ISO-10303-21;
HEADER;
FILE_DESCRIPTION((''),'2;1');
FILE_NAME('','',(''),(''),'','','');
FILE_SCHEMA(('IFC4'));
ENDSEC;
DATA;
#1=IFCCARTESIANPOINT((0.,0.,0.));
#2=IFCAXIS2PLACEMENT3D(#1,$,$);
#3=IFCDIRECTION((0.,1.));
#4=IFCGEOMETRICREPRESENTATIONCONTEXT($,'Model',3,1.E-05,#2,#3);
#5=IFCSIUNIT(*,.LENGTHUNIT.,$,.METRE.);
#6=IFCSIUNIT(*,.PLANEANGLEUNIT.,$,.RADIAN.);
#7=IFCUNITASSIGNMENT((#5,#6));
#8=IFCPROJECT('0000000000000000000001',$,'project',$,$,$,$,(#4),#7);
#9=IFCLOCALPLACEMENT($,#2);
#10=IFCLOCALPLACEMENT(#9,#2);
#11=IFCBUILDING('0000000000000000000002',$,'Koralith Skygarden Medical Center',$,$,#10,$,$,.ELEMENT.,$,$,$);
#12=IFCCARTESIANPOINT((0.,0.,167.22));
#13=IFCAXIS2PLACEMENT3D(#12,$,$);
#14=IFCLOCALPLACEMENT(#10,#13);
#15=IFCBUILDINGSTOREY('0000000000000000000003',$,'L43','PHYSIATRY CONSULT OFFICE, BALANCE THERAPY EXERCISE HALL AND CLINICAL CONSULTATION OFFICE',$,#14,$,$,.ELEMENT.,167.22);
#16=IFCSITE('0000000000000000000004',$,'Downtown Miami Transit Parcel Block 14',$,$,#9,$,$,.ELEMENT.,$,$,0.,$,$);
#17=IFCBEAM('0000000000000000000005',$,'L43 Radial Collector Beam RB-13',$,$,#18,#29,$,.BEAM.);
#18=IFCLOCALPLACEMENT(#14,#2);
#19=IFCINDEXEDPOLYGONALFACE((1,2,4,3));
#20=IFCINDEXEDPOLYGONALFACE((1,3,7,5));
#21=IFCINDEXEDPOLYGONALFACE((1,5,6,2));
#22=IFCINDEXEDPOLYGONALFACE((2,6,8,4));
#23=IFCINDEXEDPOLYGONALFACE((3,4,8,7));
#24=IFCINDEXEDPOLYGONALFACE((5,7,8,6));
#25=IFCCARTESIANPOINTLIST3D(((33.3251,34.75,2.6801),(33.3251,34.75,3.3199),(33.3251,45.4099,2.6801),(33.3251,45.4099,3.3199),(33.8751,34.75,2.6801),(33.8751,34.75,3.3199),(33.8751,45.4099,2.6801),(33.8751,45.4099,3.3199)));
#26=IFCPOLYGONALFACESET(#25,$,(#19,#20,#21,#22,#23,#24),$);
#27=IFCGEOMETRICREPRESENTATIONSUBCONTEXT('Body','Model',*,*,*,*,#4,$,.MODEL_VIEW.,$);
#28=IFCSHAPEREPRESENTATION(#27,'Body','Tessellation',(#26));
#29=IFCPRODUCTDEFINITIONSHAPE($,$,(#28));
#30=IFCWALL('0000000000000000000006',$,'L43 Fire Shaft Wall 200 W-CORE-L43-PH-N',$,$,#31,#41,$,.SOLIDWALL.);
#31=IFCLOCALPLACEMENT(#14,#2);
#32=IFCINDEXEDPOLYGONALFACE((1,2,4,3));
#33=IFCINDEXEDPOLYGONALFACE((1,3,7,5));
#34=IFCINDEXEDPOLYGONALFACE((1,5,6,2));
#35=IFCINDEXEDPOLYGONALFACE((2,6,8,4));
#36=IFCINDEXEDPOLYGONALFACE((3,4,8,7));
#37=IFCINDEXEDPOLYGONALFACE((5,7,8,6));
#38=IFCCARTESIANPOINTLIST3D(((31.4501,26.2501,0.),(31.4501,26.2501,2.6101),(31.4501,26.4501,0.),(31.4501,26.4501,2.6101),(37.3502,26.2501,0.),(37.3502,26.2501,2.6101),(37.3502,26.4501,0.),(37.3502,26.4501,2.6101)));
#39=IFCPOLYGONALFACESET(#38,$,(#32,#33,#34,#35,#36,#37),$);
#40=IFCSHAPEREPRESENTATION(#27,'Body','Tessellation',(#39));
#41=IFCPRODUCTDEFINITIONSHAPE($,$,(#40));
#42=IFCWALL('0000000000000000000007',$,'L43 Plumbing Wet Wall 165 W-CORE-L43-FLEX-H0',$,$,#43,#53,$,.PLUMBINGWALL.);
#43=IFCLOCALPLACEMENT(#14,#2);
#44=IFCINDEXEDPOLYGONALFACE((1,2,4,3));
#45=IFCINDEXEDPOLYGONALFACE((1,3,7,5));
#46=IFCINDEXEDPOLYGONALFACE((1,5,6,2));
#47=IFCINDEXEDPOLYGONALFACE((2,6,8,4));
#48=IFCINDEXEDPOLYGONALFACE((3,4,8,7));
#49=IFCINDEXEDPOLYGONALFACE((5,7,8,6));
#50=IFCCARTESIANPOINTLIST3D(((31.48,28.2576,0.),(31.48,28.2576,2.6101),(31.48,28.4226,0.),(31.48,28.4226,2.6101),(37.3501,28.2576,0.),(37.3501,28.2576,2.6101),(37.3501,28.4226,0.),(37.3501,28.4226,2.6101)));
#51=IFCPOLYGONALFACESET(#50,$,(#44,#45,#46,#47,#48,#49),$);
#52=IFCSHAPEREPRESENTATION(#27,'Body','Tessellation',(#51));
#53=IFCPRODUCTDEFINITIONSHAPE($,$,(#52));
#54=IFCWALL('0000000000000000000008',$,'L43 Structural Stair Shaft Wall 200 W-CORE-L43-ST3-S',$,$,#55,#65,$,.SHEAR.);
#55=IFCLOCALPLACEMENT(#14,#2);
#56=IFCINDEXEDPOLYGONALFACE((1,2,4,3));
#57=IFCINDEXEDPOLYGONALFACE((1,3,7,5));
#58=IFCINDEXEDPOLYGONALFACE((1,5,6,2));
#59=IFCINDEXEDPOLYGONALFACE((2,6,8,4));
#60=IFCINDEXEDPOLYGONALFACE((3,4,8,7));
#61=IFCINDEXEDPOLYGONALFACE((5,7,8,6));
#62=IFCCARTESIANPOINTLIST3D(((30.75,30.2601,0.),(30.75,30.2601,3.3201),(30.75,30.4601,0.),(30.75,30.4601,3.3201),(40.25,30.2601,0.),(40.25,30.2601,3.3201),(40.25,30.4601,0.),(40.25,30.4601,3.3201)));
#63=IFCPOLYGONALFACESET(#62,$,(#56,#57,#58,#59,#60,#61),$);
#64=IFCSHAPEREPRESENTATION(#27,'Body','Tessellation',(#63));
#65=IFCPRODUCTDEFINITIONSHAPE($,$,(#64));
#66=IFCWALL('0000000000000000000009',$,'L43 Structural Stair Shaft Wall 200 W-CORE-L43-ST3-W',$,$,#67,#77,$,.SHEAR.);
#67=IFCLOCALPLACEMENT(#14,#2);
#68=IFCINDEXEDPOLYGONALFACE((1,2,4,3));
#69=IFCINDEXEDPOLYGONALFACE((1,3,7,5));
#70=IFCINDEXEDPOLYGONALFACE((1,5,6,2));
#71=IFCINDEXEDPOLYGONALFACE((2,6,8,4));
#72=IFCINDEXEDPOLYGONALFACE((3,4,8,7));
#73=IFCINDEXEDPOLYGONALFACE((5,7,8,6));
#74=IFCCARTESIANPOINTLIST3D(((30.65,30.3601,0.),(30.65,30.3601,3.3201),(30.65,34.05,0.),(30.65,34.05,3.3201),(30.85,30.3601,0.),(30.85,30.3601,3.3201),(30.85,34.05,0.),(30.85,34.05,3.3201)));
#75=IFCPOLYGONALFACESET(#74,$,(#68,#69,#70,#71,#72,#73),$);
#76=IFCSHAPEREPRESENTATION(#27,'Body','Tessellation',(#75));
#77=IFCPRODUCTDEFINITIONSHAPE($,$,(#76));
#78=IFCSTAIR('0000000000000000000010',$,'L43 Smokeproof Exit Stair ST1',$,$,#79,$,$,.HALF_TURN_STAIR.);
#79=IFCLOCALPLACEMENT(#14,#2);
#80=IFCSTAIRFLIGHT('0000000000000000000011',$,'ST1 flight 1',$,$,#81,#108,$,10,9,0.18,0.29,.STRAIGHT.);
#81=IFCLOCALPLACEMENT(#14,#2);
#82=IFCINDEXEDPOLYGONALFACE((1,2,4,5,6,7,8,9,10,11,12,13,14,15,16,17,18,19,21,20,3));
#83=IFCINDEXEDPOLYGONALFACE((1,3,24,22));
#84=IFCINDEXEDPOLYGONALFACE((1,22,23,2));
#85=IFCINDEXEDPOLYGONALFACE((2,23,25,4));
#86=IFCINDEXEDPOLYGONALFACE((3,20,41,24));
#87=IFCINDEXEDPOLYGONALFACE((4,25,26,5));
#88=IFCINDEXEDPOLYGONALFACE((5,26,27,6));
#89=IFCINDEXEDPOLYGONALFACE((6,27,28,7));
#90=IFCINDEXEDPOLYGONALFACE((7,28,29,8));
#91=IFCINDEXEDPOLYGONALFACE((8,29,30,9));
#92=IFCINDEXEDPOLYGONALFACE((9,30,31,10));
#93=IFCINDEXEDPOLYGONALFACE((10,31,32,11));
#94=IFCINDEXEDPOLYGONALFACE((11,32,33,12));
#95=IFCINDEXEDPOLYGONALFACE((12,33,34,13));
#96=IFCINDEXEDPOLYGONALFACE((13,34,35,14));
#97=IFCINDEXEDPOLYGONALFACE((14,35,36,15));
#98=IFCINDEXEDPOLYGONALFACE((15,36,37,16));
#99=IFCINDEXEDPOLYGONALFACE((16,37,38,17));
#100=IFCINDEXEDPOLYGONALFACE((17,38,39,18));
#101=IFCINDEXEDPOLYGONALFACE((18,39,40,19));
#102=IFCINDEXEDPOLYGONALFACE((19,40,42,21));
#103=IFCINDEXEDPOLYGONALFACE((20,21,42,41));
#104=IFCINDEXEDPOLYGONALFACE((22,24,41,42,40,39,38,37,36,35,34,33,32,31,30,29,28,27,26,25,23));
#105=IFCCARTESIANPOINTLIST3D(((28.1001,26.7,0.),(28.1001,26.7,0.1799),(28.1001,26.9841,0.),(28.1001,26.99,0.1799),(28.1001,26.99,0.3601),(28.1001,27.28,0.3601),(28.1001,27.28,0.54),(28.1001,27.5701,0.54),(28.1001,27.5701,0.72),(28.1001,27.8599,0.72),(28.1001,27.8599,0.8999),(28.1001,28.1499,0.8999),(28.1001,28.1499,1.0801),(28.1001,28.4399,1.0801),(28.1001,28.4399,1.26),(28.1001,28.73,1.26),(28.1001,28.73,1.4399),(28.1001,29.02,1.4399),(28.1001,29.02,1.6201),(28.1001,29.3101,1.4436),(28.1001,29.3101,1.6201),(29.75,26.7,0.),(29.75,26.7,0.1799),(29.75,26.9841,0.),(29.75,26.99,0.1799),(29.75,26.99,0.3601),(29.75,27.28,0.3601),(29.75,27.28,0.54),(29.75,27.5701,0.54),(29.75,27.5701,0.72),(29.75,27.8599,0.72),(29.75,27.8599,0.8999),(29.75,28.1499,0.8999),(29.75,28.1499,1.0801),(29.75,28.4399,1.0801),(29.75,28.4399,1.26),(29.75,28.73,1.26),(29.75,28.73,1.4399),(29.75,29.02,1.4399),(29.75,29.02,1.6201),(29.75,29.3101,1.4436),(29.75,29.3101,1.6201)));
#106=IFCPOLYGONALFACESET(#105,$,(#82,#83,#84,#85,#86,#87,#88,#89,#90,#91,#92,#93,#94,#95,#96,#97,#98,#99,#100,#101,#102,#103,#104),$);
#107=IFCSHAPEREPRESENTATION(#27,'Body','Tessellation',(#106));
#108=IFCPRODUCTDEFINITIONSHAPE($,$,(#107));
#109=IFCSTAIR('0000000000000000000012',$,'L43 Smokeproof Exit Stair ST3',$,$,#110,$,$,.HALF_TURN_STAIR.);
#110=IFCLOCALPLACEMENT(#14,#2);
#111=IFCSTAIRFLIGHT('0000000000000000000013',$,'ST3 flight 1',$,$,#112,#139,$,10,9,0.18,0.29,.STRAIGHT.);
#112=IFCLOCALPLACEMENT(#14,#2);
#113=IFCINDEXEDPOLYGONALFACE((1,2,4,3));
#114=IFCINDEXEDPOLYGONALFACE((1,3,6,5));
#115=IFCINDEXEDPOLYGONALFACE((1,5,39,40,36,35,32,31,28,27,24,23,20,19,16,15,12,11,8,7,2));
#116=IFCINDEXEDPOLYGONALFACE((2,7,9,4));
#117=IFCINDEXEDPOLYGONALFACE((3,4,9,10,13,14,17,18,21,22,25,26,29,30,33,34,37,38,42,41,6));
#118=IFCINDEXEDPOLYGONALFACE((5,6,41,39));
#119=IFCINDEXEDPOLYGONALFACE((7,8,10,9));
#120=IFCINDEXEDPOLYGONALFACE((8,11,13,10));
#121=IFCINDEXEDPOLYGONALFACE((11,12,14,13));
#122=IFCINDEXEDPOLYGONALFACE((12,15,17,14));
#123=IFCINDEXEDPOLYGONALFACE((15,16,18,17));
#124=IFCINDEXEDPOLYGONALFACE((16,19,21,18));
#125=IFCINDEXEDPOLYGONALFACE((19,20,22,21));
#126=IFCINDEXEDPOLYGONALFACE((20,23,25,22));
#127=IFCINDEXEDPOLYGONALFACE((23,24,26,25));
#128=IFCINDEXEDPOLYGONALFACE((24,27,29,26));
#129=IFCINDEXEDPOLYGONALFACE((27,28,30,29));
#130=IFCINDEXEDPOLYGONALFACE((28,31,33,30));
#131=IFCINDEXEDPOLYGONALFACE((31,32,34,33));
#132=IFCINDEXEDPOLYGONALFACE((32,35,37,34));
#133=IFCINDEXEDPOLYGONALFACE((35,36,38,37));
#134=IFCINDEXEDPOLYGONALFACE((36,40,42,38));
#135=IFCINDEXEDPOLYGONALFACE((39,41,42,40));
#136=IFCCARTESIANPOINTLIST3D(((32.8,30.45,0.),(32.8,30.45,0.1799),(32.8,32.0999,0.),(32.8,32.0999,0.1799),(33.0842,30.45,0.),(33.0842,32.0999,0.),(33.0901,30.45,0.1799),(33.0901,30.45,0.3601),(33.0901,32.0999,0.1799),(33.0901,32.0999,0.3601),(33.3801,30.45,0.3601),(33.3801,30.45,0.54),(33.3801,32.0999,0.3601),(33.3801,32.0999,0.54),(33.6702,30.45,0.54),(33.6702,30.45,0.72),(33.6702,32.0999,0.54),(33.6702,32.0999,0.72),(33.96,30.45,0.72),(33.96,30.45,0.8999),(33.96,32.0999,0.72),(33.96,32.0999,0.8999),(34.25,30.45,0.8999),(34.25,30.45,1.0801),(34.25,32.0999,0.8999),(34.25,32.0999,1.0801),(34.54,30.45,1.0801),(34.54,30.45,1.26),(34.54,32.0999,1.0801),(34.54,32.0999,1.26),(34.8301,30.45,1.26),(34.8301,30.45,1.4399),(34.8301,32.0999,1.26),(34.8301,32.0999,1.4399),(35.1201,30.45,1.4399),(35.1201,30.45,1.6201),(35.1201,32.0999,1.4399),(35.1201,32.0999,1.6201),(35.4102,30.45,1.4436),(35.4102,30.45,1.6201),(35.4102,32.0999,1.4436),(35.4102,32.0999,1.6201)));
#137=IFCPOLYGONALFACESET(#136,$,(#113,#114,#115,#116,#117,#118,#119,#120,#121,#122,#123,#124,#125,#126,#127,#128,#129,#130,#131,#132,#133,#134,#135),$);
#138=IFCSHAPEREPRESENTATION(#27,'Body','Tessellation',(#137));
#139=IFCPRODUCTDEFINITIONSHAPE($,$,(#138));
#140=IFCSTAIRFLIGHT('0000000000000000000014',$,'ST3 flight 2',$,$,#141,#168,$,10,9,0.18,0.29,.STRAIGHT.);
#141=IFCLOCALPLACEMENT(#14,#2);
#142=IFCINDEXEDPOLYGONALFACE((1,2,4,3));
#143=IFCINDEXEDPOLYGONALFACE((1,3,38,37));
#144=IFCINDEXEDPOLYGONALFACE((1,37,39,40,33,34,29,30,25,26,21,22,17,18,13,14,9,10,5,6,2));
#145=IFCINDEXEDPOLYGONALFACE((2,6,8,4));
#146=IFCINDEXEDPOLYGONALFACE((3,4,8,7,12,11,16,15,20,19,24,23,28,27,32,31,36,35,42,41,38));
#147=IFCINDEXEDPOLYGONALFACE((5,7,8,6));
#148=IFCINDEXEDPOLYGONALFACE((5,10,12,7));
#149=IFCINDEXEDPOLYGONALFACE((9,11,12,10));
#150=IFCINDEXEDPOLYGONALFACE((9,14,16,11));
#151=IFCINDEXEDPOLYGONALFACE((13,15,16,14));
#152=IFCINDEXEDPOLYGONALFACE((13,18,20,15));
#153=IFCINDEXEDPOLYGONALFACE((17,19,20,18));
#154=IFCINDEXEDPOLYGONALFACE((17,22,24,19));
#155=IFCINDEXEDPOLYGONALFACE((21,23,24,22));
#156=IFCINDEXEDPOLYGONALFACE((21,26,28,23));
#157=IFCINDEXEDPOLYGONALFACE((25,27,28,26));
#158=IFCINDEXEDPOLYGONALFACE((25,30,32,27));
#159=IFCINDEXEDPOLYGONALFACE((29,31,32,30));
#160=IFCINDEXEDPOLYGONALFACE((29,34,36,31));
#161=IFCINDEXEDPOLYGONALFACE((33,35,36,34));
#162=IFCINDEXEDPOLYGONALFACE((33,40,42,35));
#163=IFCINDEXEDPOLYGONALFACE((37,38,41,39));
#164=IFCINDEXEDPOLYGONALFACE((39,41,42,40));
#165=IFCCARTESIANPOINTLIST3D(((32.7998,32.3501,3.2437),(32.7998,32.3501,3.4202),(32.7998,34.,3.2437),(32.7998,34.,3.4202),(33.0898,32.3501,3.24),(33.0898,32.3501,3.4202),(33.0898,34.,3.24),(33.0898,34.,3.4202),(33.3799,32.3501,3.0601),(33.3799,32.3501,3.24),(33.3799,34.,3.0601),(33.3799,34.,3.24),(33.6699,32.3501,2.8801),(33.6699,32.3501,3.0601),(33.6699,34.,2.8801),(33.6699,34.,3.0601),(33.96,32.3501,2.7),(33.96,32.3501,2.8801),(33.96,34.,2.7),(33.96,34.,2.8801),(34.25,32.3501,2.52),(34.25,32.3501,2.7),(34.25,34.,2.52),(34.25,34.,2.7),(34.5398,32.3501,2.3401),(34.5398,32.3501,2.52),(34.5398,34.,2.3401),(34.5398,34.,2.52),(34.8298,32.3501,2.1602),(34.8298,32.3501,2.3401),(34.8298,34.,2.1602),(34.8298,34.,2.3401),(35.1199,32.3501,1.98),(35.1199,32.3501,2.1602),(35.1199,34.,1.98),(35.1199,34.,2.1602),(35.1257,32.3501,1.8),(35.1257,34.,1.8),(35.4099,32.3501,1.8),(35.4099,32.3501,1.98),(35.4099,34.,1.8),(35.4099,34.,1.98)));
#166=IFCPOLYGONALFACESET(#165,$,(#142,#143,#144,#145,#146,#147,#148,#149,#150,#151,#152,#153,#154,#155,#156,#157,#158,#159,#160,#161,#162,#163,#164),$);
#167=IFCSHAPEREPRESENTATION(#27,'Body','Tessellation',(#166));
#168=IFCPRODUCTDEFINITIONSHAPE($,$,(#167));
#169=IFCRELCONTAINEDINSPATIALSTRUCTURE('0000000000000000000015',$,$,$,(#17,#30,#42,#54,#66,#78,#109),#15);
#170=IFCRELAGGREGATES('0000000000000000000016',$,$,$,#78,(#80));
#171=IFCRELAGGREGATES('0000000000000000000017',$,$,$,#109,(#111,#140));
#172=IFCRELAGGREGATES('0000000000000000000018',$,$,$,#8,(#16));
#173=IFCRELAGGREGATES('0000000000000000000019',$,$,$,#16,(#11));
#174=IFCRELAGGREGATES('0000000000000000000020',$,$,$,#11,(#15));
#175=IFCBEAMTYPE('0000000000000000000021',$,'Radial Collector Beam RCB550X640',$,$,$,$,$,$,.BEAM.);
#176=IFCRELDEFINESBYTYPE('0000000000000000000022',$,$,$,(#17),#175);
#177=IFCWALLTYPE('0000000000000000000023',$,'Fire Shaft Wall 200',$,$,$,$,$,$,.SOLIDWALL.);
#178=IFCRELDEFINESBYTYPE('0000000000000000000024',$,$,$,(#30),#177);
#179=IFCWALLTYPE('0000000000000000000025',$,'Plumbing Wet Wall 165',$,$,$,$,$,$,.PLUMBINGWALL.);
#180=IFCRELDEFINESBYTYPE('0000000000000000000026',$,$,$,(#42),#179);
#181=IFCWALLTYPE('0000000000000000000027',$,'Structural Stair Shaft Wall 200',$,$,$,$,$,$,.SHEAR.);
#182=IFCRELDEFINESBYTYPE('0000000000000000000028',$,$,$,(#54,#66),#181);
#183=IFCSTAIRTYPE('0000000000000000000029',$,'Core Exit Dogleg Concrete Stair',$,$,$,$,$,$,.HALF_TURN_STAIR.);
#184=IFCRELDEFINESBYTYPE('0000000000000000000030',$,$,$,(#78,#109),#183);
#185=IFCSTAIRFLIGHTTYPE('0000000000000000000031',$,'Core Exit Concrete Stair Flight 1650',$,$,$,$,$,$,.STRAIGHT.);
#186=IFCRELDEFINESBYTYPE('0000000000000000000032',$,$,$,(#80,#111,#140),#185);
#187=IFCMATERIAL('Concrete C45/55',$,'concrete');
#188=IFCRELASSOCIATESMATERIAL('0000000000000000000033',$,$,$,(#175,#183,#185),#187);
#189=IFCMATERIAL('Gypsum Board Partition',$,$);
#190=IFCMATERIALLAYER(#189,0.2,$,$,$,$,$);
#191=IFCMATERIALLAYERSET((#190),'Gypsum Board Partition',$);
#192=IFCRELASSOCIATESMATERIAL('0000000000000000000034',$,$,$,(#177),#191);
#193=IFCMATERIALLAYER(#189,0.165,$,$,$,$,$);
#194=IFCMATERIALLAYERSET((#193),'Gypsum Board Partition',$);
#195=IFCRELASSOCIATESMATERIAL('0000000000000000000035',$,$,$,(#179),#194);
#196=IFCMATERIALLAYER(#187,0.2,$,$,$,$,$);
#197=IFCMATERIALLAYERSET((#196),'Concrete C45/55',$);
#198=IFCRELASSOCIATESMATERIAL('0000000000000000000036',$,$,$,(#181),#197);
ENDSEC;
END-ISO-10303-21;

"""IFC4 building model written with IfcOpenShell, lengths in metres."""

from ifc_helpers import new_model, si_unit, direction, frame, frame_2d, origin, origin_2d, place, context, subcontext, project, spatial, polyline, rectangle, outline, extrude, material, layer, layer_set, material_profile, profile_set, type_object, element, aggregate, save


model = new_model("IFC4")

# Units and contexts
model_context = context("Model", 3, precision=1e-05, world=origin(), true_north=direction((0.0, 1.0)))
body_context = subcontext(model_context, "Body", "Model", "MODEL_VIEW")
ifc_project = project(units=[si_unit("LENGTHUNIT", "METRE"), si_unit("PLANEANGLEUNIT", "RADIAN")], contexts=[model_context])

# Site, building, storey
site_placement = place(None, origin())
site = spatial("IfcSite", under=ifc_project, at=site_placement, Name="Downtown Miami Transit Parcel Block 14", CompositionType="ELEMENT", RefElevation=0.0)
building_placement = place(site_placement, origin())
building = spatial("IfcBuilding", under=site, at=building_placement, Name="Koralith Skygarden Medical Center", CompositionType="ELEMENT")
storey_placement = place(building_placement, frame((0.0, 0.0, 167.22)))
storey = spatial("IfcBuildingStorey", under=building, at=storey_placement, Name="L43", Description="PHYSIATRY CONSULT OFFICE, BALANCE THERAPY EXERCISE HALL AND CLINICAL CONSULTATION OFFICE", CompositionType="ELEMENT", Elevation=167.22)

# Beam
ifc_material_1 = material(Name="Concrete C45/55", Category="concrete")
ifc_material_profile = material_profile(ifc_material_1, rectangle(XDim=0.55, YDim=0.6399, at=origin_2d()), Name="RCB550X640")
ifc_profile_set = profile_set([ifc_material_profile], Name="Concrete C45/55")
beam_type = type_object("IfcBeamType", Name="Radial Collector Beam RCB550X640", PredefinedType="BEAM", material=ifc_profile_set)
beam_placement = place(storey_placement, frame((33.6001, 34.75, 3.0), z_axis=(0.0, 1.0, 0.0), x_axis=(-1.0, 0.0, 0.0)))
element("IfcBeam", 1, at=beam_placement, inside=storey, type_object=beam_type, Name="L43 Radial Collector Beam RB-13", PredefinedType="BEAM", context=body_context, shape_type="SweptSolid", body=[
    extrude(rectangle(XDim=0.55, YDim=0.6399, at=origin_2d()), origin(), (0.0, 0.0, 1.0), 10.6599),
])

# Wall
ifc_material_2 = material(Name="Gypsum Board Partition")
ifc_layer_1 = layer(ifc_material_2, 0.2)
ifc_layer_set_1 = layer_set([ifc_layer_1], Name="Gypsum Board Partition")
wall_type_1 = type_object("IfcWallType", Name="Fire Shaft Wall 200", PredefinedType="SOLIDWALL", material=ifc_layer_set_1)
wall_1_placement = place(storey_placement, frame((31.45, 26.3501, 0.0), z_axis=(0.0, 0.0, 1.0), x_axis=(1.0, 0.0, 0.0)))
element("IfcWall", 2, at=wall_1_placement, inside=storey, type_object=wall_type_1, Name="L43 Fire Shaft Wall 200 W-CORE-L43-PH-N", PredefinedType="SOLIDWALL", context=body_context, shape_type="SweptSolid", body=[
    extrude(rectangle(XDim=5.9001, YDim=0.2, at=frame_2d((2.9502, 0.0))), origin(), (0.0, 0.0, 1.0), 2.6101),
])

# Shared definitions
ifc_layer_2 = layer(ifc_material_2, 0.165)
ifc_layer_set_2 = layer_set([ifc_layer_2], Name="Gypsum Board Partition")
wall_type_2 = type_object("IfcWallType", Name="Plumbing Wet Wall 165", PredefinedType="PLUMBINGWALL", material=ifc_layer_set_2)

# Walls
wall_2_placement = place(storey_placement, frame((31.48, 28.3401, 0.0), z_axis=(0.0, 0.0, 1.0), x_axis=(1.0, 0.0, 0.0)))
element("IfcWall", 3, at=wall_2_placement, inside=storey, type_object=wall_type_2, Name="L43 Plumbing Wet Wall 165 W-CORE-L43-FLEX-H0", PredefinedType="PLUMBINGWALL", context=body_context, shape_type="SweptSolid", body=[
    extrude(rectangle(XDim=5.8701, YDim=0.165, at=frame_2d((2.9351, 0.0))), origin(), (0.0, 0.0, 1.0), 2.6101),
])
ifc_layer_3 = layer(ifc_material_1, 0.2)
ifc_layer_set_3 = layer_set([ifc_layer_3], Name="Concrete C45/55")
wall_type_3 = type_object("IfcWallType", Name="Structural Stair Shaft Wall 200", PredefinedType="SHEAR", material=ifc_layer_set_3)
wall_3_placement = place(storey_placement, frame((30.75, 30.3601, 0.0), z_axis=(0.0, 0.0, 1.0), x_axis=(1.0, 0.0, 0.0)))
element("IfcWall", 4, at=wall_3_placement, inside=storey, type_object=wall_type_3, Name="L43 Structural Stair Shaft Wall 200 W-CORE-L43-ST3-S", PredefinedType="SHEAR", context=body_context, shape_type="SweptSolid", body=[
    extrude(rectangle(XDim=9.5, YDim=0.2, at=frame_2d((4.75, 0.0))), origin(), (0.0, 0.0, 1.0), 3.3201),
])
wall_4_placement = place(storey_placement, frame((30.75, 30.3601, 0.0), z_axis=(0.0, 0.0, 1.0), x_axis=(0.0, 1.0, 0.0)))
element("IfcWall", 5, at=wall_4_placement, inside=storey, type_object=wall_type_3, Name="L43 Structural Stair Shaft Wall 200 W-CORE-L43-ST3-W", PredefinedType="SHEAR", context=body_context, shape_type="SweptSolid", body=[
    extrude(rectangle(XDim=3.6899, YDim=0.2, at=frame_2d((1.845, 0.0))), origin(), (0.0, 0.0, 1.0), 3.3201),
])

# Stair, stair flight
stair_type = type_object("IfcStairType", Name="Core Exit Dogleg Concrete Stair", PredefinedType="HALF_TURN_STAIR", material=ifc_material_1)
stair_1_placement = place(storey_placement, origin())
stair_1 = element("IfcStair", 6, at=stair_1_placement, inside=storey, type_object=stair_type, Name="L43 Smokeproof Exit Stair ST1", PredefinedType="HALF_TURN_STAIR")
stair_flight_type = type_object("IfcStairFlightType", Name="Core Exit Concrete Stair Flight 1650", PredefinedType="STRAIGHT", material=ifc_material_1)
stair_flight_1_placement = place(storey_placement, frame((28.925, 26.7, 0.0), z_axis=(0.0, 0.0, 1.0), x_axis=(0.0, 1.0, 0.0)))
stair_flight_1 = element("IfcStairFlight", 7, at=stair_flight_1_placement, type_object=stair_flight_type, Name="ST1 flight 1", NumberOfRisers=10, NumberOfTreads=9, PredefinedType="STRAIGHT", RiserHeight=0.18, TreadLength=0.29, context=body_context, shape_type="SweptSolid", body=[
    extrude(outline(polyline([(0.0, 0.0), (0.0, 0.1799), (0.29, 0.1799), (0.29, 0.3601), (0.5801, 0.3601), (0.5801, 0.54), (0.8701, 0.54), (0.8701, 0.72), (1.1599, 0.72), (1.1599, 0.8999), (1.45, 0.8999), (1.45, 1.0801), (1.74, 1.0801), (1.74, 1.26), (2.03, 1.26), (2.03, 1.4399), (2.3201, 1.4399), (2.3201, 1.6201), (2.6101, 1.6201), (2.6101, 1.8), (2.6101, 1.4436), (0.2842, 0.0), (0.0, 0.0)])), frame((0.0, 0.825, 0.0), z_axis=(0.0, -1.0, 0.0), x_axis=(1.0, 0.0, 0.0)), (0.0, 0.0, 1.0), 1.6499),
])
aggregate(stair_1, [stair_flight_1])

# Stair, stair flights
stair_2_placement = place(storey_placement, origin())
stair_2 = element("IfcStair", 8, at=stair_2_placement, inside=storey, type_object=stair_type, Name="L43 Smokeproof Exit Stair ST3", PredefinedType="HALF_TURN_STAIR")
stair_flight_2_placement = place(storey_placement, frame((32.8, 31.2749, 0.0), z_axis=(0.0, 0.0, 1.0), x_axis=(1.0, 0.0, 0.0)))
stair_flight_2 = element("IfcStairFlight", 9, at=stair_flight_2_placement, type_object=stair_flight_type, Name="ST3 flight 1", NumberOfRisers=10, NumberOfTreads=9, PredefinedType="STRAIGHT", RiserHeight=0.18, TreadLength=0.29, context=body_context, shape_type="SweptSolid", body=[
    extrude(outline(polyline([(0.0, 0.0), (0.0, 0.1799), (0.29, 0.1799), (0.29, 0.3601), (0.5801, 0.3601), (0.5801, 0.54), (0.8701, 0.54), (0.8701, 0.72), (1.1599, 0.72), (1.1599, 0.8999), (1.45, 0.8999), (1.45, 1.0801), (1.74, 1.0801), (1.74, 1.26), (2.03, 1.26), (2.03, 1.4399), (2.3201, 1.4399), (2.3201, 1.6201), (2.6101, 1.6201), (2.6101, 1.8), (2.6101, 1.4436), (0.2842, 0.0), (0.0, 0.0)])), frame((0.0, 0.825, 0.0), z_axis=(0.0, -1.0, 0.0), x_axis=(1.0, 0.0, 0.0)), (0.0, 0.0, 1.0), 1.6499),
])
stair_flight_3_placement = place(storey_placement, frame((35.4099, 33.175, 1.8), z_axis=(0.0, 0.0, 1.0), x_axis=(-1.0, 0.0, 0.0)))
stair_flight_3 = element("IfcStairFlight", 10, at=stair_flight_3_placement, type_object=stair_flight_type, Name="ST3 flight 2", NumberOfRisers=10, NumberOfTreads=9, PredefinedType="STRAIGHT", RiserHeight=0.18, TreadLength=0.29, context=body_context, shape_type="SweptSolid", body=[
    extrude(outline(polyline([(0.0, 0.0), (0.0, 0.1799), (0.29, 0.1799), (0.29, 0.3601), (0.5801, 0.3601), (0.5801, 0.54), (0.8701, 0.54), (0.8701, 0.72), (1.1599, 0.72), (1.1599, 0.8999), (1.45, 0.8999), (1.45, 1.0801), (1.74, 1.0801), (1.74, 1.26), (2.03, 1.26), (2.03, 1.4399), (2.3201, 1.4399), (2.3201, 1.6201), (2.6101, 1.6201), (2.6101, 1.8), (2.6101, 1.4436), (0.2842, 0.0), (0.0, 0.0)])), frame((0.0, 0.825, 0.0), z_axis=(0.0, -1.0, 0.0), x_axis=(1.0, 0.0, 0.0)), (0.0, 0.0, 1.0), 1.6499),
])
aggregate(stair_2, [stair_flight_2, stair_flight_3])

save(model, "model.ifc")
